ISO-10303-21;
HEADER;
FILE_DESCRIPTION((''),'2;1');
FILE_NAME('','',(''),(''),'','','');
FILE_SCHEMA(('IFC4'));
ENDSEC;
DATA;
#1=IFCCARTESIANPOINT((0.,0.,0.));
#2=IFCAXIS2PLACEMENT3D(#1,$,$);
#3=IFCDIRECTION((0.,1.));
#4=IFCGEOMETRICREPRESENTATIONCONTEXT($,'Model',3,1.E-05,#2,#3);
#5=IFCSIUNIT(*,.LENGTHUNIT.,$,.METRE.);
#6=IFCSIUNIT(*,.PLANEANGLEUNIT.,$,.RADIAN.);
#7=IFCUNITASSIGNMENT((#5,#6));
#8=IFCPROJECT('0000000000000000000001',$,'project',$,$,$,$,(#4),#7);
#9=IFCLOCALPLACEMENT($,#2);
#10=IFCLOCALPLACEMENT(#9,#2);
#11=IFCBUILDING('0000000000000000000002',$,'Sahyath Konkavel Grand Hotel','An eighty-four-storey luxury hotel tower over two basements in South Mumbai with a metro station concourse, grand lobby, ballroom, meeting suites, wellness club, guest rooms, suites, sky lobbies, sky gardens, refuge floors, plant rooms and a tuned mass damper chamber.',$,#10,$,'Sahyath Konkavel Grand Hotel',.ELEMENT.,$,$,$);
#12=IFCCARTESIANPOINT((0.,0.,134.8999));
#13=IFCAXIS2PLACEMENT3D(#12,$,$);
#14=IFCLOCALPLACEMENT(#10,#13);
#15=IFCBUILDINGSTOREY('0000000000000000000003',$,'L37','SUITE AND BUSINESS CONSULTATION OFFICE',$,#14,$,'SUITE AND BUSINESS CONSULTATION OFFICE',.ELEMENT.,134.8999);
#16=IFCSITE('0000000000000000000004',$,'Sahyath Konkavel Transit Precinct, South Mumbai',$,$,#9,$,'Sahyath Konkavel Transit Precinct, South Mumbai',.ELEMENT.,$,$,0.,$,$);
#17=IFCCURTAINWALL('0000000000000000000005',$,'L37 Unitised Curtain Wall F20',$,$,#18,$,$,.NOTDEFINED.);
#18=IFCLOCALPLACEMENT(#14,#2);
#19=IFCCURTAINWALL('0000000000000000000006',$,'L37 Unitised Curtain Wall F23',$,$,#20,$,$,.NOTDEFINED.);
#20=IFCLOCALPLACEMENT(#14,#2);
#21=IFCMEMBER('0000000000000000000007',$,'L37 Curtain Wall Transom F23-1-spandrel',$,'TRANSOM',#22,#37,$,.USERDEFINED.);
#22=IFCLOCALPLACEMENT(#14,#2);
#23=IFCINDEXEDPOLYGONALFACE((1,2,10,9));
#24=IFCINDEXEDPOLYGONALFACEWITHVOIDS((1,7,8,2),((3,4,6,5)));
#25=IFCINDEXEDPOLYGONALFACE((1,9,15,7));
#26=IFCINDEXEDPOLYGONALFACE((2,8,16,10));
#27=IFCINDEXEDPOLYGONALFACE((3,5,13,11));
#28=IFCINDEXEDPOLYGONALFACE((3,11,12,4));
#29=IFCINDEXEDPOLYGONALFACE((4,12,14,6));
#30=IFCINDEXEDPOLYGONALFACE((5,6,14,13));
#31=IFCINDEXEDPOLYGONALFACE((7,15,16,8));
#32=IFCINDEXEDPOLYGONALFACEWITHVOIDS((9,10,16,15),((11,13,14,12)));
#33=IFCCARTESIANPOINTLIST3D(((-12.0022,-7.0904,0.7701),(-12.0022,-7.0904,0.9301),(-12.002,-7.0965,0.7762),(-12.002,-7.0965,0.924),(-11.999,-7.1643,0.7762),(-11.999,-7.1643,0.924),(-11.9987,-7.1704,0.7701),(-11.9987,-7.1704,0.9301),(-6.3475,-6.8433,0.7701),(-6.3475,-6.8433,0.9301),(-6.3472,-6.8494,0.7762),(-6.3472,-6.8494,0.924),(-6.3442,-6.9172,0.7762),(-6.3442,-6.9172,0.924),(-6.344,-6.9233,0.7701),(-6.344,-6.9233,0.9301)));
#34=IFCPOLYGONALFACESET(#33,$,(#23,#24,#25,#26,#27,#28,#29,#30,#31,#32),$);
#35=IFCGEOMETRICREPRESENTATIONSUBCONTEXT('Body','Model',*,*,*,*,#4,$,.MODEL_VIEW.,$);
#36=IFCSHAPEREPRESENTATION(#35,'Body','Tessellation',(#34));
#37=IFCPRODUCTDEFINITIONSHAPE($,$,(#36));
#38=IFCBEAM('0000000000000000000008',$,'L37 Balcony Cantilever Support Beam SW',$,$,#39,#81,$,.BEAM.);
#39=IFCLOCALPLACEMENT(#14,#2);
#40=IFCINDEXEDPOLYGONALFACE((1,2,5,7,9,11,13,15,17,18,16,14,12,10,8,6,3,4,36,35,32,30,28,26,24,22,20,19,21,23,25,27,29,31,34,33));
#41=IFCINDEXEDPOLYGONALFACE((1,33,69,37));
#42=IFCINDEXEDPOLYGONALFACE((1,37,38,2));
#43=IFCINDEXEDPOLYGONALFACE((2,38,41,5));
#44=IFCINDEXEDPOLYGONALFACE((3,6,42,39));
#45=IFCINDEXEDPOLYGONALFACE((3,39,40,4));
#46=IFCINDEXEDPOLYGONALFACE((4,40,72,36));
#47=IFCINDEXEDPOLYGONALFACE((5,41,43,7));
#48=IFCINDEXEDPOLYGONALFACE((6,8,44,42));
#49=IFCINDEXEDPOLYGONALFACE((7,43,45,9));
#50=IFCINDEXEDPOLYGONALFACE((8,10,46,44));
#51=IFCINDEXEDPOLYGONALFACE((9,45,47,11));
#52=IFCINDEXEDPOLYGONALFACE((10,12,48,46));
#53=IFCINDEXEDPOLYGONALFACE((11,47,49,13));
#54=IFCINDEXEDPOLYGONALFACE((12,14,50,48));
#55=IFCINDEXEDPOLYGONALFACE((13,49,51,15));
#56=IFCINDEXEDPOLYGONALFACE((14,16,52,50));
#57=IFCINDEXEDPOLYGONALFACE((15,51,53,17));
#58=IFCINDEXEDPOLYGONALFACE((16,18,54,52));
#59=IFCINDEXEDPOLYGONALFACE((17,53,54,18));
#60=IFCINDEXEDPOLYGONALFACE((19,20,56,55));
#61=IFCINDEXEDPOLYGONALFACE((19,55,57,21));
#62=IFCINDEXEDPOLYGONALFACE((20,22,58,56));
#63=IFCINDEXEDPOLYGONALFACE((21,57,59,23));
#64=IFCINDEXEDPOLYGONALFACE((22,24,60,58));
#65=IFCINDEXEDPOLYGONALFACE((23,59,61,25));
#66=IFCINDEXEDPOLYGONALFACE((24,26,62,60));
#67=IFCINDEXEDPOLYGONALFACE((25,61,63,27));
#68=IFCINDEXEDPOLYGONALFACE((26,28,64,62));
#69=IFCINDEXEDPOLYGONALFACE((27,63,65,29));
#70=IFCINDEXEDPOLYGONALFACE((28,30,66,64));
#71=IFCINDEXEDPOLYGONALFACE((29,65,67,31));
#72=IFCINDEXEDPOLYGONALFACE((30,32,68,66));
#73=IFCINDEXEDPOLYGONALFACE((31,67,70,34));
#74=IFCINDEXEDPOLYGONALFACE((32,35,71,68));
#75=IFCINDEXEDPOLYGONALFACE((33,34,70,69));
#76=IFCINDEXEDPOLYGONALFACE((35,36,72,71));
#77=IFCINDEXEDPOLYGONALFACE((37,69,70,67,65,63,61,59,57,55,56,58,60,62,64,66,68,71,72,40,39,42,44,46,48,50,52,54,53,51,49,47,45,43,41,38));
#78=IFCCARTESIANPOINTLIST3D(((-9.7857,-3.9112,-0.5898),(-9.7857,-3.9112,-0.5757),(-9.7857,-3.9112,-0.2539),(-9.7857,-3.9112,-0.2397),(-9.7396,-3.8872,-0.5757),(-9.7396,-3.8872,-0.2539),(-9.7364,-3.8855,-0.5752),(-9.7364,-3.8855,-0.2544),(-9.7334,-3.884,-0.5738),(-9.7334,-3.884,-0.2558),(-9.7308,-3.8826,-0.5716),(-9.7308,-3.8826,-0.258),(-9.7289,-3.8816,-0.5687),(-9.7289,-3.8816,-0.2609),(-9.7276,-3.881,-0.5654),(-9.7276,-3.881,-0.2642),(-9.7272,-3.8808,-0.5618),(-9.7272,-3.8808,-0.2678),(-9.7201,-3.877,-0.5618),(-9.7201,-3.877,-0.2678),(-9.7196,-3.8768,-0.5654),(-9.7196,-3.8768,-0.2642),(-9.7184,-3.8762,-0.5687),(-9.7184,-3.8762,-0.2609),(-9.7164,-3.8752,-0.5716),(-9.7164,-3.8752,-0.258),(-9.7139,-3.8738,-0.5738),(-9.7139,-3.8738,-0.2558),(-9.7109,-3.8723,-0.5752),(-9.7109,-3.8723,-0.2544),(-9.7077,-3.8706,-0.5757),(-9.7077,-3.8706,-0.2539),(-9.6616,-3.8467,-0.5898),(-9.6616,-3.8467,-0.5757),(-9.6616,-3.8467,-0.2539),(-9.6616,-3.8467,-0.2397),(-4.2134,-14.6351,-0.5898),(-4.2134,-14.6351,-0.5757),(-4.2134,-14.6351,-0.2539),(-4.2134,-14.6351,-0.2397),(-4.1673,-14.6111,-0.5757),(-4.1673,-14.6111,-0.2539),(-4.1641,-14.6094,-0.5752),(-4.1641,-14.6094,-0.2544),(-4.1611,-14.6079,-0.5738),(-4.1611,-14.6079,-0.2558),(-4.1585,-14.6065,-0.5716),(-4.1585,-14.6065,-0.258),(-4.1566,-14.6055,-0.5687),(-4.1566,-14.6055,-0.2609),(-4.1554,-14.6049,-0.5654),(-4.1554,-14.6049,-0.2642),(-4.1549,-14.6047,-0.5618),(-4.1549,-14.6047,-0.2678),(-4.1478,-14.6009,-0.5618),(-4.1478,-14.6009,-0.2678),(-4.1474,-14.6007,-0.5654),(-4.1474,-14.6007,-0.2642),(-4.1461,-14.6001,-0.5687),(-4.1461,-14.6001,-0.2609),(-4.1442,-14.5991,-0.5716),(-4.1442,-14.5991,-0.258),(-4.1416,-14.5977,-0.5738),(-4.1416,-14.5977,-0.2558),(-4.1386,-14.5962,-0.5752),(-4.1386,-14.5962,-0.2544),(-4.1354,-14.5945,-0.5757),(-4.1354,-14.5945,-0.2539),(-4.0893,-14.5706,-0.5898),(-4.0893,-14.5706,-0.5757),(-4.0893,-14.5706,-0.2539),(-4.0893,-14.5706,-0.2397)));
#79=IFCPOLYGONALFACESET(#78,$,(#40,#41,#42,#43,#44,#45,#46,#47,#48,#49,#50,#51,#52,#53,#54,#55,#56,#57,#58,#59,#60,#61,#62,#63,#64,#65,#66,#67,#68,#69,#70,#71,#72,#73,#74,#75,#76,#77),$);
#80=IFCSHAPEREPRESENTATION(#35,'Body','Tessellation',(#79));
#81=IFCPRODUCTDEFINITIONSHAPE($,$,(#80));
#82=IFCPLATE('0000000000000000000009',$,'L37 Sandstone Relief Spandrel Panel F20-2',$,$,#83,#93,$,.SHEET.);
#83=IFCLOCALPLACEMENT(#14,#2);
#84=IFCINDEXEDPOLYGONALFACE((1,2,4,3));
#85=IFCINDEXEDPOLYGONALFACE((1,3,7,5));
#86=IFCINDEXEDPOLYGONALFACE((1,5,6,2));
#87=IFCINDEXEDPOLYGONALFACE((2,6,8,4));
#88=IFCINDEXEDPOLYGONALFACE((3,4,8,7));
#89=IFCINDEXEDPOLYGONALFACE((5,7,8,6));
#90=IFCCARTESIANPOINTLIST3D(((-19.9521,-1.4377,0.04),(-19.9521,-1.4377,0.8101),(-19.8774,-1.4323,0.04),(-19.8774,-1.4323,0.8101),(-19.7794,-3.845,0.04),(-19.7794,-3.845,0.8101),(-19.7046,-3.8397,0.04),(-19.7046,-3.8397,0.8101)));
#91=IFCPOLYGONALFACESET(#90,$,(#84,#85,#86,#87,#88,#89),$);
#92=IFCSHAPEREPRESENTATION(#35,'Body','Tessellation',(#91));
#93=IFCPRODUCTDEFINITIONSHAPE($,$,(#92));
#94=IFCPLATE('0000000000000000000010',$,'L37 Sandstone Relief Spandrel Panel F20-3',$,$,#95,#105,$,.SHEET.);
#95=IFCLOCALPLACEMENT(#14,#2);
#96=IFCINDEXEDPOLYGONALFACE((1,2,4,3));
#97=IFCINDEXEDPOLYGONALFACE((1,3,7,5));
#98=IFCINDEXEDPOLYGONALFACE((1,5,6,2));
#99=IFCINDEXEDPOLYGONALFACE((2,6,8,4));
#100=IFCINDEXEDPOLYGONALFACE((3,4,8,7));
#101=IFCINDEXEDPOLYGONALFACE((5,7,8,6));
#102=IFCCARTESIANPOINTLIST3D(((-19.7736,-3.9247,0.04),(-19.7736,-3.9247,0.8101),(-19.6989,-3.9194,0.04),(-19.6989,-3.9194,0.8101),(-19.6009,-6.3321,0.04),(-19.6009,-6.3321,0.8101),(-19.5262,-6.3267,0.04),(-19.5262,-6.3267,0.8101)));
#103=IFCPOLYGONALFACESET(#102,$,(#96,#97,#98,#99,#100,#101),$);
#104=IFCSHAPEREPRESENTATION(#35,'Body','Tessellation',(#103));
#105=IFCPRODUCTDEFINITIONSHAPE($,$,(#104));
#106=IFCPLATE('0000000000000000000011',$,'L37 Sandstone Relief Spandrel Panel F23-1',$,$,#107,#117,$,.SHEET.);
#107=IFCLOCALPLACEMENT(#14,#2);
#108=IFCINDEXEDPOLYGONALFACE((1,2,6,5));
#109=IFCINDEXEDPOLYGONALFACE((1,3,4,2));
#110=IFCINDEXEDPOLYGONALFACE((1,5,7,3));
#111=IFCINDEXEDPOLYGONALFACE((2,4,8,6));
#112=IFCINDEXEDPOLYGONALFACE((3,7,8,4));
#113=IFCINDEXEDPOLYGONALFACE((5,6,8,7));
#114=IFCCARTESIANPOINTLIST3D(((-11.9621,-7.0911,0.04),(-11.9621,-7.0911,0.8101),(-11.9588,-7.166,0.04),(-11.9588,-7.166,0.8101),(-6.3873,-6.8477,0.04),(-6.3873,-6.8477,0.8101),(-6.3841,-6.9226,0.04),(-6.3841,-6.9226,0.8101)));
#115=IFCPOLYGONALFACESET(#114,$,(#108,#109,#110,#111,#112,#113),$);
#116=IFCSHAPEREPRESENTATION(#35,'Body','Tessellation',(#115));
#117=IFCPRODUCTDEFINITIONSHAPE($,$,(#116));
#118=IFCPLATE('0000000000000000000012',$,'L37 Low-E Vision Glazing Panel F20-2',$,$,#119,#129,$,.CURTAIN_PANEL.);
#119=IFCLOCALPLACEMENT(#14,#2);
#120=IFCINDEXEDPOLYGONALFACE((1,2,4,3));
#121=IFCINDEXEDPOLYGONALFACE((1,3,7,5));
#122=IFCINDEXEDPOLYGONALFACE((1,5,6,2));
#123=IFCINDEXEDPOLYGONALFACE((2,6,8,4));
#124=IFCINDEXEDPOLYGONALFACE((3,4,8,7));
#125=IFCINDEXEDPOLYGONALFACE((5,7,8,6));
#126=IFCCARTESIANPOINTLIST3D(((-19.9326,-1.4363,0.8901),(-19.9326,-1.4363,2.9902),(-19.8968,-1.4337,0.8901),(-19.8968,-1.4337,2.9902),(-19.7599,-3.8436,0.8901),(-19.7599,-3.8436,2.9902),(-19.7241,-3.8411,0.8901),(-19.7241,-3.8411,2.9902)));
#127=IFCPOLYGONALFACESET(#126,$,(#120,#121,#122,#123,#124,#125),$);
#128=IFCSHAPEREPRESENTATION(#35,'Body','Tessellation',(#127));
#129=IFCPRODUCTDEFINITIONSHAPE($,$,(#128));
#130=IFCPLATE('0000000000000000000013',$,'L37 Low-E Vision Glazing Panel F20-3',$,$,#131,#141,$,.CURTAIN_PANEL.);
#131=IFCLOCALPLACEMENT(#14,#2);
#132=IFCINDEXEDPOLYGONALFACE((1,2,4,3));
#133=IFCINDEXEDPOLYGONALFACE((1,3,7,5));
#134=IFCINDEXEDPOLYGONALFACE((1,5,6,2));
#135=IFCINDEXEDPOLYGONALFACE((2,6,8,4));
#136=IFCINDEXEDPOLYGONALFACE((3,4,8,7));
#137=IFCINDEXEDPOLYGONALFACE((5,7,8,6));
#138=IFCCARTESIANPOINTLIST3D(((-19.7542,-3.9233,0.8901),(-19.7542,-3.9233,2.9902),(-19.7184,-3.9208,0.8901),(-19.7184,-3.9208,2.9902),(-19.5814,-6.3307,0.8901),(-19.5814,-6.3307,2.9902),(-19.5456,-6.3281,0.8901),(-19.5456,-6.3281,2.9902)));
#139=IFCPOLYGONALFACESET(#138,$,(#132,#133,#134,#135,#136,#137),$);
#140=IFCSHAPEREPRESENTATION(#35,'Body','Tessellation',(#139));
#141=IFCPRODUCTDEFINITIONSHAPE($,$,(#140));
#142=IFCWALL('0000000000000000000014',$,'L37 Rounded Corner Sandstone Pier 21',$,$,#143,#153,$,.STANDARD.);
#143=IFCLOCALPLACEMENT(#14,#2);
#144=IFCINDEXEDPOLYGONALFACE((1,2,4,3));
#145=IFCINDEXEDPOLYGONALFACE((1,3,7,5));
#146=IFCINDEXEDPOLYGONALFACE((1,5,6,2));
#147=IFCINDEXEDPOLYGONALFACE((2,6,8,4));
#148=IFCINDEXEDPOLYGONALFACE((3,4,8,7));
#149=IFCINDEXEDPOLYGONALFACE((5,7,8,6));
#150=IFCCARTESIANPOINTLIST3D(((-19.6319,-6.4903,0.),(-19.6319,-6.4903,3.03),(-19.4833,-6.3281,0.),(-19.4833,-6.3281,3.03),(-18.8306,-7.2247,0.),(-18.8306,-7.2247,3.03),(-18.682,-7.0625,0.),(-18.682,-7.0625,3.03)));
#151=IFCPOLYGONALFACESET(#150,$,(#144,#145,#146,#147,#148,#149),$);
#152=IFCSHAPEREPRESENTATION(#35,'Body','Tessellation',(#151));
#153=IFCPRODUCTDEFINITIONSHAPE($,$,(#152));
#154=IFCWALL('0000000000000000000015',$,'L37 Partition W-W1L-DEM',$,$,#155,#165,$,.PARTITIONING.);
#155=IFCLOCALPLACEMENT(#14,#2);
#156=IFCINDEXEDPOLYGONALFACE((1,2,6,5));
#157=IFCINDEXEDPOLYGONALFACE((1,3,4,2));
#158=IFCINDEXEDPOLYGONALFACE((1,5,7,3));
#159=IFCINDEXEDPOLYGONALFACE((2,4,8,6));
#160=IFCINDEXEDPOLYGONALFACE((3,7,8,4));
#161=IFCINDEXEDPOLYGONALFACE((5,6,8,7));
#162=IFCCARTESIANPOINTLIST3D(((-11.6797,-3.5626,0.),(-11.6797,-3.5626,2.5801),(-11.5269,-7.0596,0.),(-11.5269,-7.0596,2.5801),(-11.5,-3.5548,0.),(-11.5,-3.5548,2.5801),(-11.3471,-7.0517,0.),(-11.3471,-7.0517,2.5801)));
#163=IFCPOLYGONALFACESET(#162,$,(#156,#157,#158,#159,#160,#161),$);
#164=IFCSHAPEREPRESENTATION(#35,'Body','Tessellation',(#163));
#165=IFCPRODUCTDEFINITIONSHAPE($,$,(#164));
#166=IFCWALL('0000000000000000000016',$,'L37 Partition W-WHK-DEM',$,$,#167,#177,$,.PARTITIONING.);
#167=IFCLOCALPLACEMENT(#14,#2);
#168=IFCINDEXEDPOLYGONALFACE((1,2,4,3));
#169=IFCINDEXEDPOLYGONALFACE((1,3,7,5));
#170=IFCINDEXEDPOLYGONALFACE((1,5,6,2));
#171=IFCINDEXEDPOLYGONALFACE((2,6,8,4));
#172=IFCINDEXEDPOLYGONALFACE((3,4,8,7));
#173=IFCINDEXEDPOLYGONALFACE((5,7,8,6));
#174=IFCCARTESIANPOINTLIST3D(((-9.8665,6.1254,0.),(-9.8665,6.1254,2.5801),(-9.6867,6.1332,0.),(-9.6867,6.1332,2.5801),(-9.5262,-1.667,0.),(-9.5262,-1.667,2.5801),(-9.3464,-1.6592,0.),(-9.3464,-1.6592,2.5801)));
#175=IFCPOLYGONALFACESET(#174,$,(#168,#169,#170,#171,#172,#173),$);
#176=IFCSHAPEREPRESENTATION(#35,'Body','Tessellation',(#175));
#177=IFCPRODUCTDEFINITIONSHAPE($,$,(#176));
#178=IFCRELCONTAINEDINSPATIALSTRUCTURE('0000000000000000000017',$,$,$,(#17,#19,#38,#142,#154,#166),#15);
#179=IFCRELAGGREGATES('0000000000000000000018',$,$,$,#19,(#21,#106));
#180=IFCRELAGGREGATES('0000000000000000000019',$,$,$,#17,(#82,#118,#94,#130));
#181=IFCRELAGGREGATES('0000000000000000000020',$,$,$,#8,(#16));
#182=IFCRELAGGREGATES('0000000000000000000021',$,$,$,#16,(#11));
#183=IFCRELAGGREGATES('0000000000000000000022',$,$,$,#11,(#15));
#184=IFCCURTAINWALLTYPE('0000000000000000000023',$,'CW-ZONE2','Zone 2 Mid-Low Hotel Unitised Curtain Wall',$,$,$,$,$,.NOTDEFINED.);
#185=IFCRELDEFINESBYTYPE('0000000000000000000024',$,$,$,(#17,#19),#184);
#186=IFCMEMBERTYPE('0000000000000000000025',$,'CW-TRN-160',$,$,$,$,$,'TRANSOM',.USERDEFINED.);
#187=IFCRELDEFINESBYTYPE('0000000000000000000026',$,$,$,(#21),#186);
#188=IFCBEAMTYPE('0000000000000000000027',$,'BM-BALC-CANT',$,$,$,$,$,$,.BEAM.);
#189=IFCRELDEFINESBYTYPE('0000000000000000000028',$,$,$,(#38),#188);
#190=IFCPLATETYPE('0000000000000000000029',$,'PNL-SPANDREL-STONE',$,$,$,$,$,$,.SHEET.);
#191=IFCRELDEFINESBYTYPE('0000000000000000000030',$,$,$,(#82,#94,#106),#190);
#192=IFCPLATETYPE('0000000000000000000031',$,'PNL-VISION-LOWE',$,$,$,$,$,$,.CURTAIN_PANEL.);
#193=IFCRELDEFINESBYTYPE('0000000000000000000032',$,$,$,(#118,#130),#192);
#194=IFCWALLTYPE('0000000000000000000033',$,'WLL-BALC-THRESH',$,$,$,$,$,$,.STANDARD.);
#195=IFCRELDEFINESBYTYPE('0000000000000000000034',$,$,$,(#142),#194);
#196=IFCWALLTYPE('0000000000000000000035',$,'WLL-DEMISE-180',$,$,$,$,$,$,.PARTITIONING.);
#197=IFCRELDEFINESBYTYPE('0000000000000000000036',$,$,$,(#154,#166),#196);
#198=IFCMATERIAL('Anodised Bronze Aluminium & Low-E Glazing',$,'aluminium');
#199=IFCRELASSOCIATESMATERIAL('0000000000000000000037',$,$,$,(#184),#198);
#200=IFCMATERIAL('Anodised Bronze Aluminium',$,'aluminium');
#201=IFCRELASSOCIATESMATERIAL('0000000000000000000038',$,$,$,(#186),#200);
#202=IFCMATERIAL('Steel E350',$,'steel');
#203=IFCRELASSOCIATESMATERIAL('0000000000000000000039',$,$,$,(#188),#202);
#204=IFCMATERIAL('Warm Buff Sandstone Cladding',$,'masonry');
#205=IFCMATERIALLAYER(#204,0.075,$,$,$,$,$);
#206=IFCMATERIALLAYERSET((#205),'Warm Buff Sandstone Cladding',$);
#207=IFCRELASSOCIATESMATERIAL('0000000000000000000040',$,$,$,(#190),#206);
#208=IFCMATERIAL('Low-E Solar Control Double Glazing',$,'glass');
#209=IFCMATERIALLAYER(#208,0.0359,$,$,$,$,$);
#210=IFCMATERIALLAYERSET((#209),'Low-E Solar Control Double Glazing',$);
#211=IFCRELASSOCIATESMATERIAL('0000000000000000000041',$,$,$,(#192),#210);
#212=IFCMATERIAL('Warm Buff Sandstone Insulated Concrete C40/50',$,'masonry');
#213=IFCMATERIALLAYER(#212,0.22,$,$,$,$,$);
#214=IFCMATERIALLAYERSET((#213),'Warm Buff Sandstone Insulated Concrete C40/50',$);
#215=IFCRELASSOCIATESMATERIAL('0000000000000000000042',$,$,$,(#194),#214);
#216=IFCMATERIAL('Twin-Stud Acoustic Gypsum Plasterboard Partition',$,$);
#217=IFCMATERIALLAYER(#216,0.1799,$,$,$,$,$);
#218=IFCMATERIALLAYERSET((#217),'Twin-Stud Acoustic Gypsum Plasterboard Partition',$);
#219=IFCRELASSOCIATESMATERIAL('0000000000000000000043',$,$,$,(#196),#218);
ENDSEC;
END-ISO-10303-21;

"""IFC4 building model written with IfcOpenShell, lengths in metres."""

from ifc_helpers import new_model, si_unit, direction, frame, frame_2d, origin, origin_2d, place, context, subcontext, project, spatial, rectangle, hollow_rectangle, i_section, extrude, source, transform, mapped, material, layer, layer_set, material_profile, profile_set, type_object, element, aggregate, save


model = new_model("IFC4")

# Units and contexts
model_context = context("Model", 3, precision=1e-05, world=origin(), true_north=direction((0.0, 1.0)))
body_context = subcontext(model_context, "Body", "Model", "MODEL_VIEW")
ifc_project = project(units=[si_unit("LENGTHUNIT", "METRE"), si_unit("PLANEANGLEUNIT", "RADIAN")], contexts=[model_context])

# Site, building, storey
site_placement = place(None, origin())
site = spatial("IfcSite", under=ifc_project, at=site_placement, Name="Sahyath Konkavel Transit Precinct, South Mumbai", LongName="Sahyath Konkavel Transit Precinct, South Mumbai", CompositionType="ELEMENT", RefElevation=0.0)
building_placement = place(site_placement, origin())
building = spatial("IfcBuilding", under=site, at=building_placement, Name="Sahyath Konkavel Grand Hotel", Description="An eighty-four-storey luxury hotel tower over two basements in South Mumbai with a metro station concourse, grand lobby, ballroom, meeting suites, wellness club, guest rooms, suites, sky lobbies, sky gardens, refuge floors, plant rooms and a tuned mass damper chamber.", LongName="Sahyath Konkavel Grand Hotel", CompositionType="ELEMENT")
storey_placement = place(building_placement, frame((0.0, 0.0, 134.8999)))
storey = spatial("IfcBuildingStorey", under=building, at=storey_placement, Name="L37", Description="SUITE AND BUSINESS CONSULTATION OFFICE", LongName="SUITE AND BUSINESS CONSULTATION OFFICE", CompositionType="ELEMENT", Elevation=134.8999)

# Shared definitions
ifc_material_1 = material(Name="Steel E350", Category="steel")

# Curtain wall
ifc_material_2 = material(Name="Anodised Bronze Aluminium & Low-E Glazing", Category="aluminium")
curtain_wall_type = type_object("IfcCurtainWallType", Name="CW-ZONE2", Description="Zone 2 Mid-Low Hotel Unitised Curtain Wall", PredefinedType="NOTDEFINED", material=ifc_material_2)
curtain_wall_1_placement = place(storey_placement, origin())
curtain_wall_1 = element("IfcCurtainWall", 1, at=curtain_wall_1_placement, inside=storey, type_object=curtain_wall_type, Name="L37 Unitised Curtain Wall F20", PredefinedType="NOTDEFINED")
ifc_material_3 = material(Name="Anodised Bronze Aluminium", Category="aluminium")
ifc_material_profile_1 = material_profile(ifc_material_3, hollow_rectangle(XDim=0.0801, YDim=0.1599, WallThickness=0.0061, at=origin_2d()), Name="RHS 160x80x6")
ifc_profile_set_1 = profile_set([ifc_material_profile_1], Name="Anodised Bronze Aluminium")
member_type_1 = type_object("IfcMemberType", Name="CW-TRN-160", ElementType="TRANSOM", PredefinedType="USERDEFINED", material=ifc_profile_set_1)

# Curtain wall, member
curtain_wall_2_placement = place(storey_placement, origin())
curtain_wall_2 = element("IfcCurtainWall", 2, at=curtain_wall_2_placement, inside=storey, type_object=curtain_wall_type, Name="L37 Unitised Curtain Wall F23", PredefinedType="NOTDEFINED")
shared_shape_1 = source(origin(), body_context, "Body", "SweptSolid", [
    extrude(hollow_rectangle(XDim=0.0801, YDim=0.1599, WallThickness=0.0061, at=origin_2d()), origin(), (0.0, 0.0, 1.0), 5.6602),
])
member_1_placement = place(storey_placement, frame((-12.0005, -7.1304, 0.8501), z_axis=(0.999047, 0.043651, 0.0), x_axis=(-0.043651, 0.999047, 0.0)))
member_1 = element("IfcMember", 3, at=member_1_placement, type_object=member_type_1, Name="L37 Curtain Wall Transom F23-1-spandrel", ObjectType="TRANSOM", PredefinedType="USERDEFINED", context=body_context, shape_type="MappedRepresentation", body=[
    mapped(shared_shape_1, transform((0.0, 0.0, 0.0), scale=1.0)),
])

# Beam
ifc_material_profile_2 = material_profile(ifc_material_1, i_section(OverallWidth=0.1399, OverallDepth=0.3501, WebThickness=0.0081, FlangeThickness=0.0142, FilletRadius=0.0139, at=origin_2d()), Name="ISMB 350")
ifc_profile_set_2 = profile_set([ifc_material_profile_2], Name="Steel E350")
beam_type_1 = type_object("IfcBeamType", Name="BM-BALC-CANT", PredefinedType="BEAM", material=ifc_profile_set_2)
shared_shape_2 = source(origin(), body_context, "Body", "SweptSolid", [
    extrude(i_section(OverallWidth=0.1399, OverallDepth=0.3501, WebThickness=0.0081, FlangeThickness=0.0142, FilletRadius=0.0139, at=origin_2d()), origin(), (0.0, 0.0, 1.0), 12.0852),
])
beam_1_placement = place(storey_placement, frame((-9.7236, -3.8789, -0.4148), z_axis=(0.461082, -0.887357, 0.0), x_axis=(0.887357, 0.461082, 0.0)))
element("IfcBeam", 4, at=beam_1_placement, inside=storey, type_object=beam_type_1, Name="L37 Balcony Cantilever Support Beam SW", PredefinedType="BEAM", context=body_context, shape_type="MappedRepresentation", body=[
    mapped(shared_shape_2, transform((0.0, 0.0, 0.0), scale=1.0)),
])

# Plates
ifc_material_4 = material(Name="Warm Buff Sandstone Cladding", Category="masonry")
ifc_layer_1 = layer(ifc_material_4, 0.075)
ifc_layer_set_1 = layer_set([ifc_layer_1], Name="Warm Buff Sandstone Cladding")
plate_type_1 = type_object("IfcPlateType", Name="PNL-SPANDREL-STONE", PredefinedType="SHEET", material=ifc_layer_set_1)
shared_shape_3 = source(origin(), body_context, "Body", "SweptSolid", [
    extrude(rectangle(XDim=2.4136, YDim=0.075, at=origin_2d()), origin(), (0.0, 0.0, 1.0), 0.77),
])
plate_1_placement = place(storey_placement, frame((-19.8284, -2.6387, 0.04), z_axis=(0.0, 0.0, 1.0), x_axis=(0.071567, -0.997436, 0.0)))
plate_1 = element("IfcPlate", 5, at=plate_1_placement, type_object=plate_type_1, Name="L37 Sandstone Relief Spandrel Panel F20-2", PredefinedType="SHEET", context=body_context, shape_type="MappedRepresentation", body=[
    mapped(shared_shape_3, transform((0.0, 0.0, 0.0), scale=1.0)),
])
plate_2_placement = place(storey_placement, frame((-19.6499, -5.1257, 0.04), z_axis=(0.0, 0.0, 1.0), x_axis=(0.071567, -0.997436, 0.0)))
plate_2 = element("IfcPlate", 6, at=plate_2_placement, type_object=plate_type_1, Name="L37 Sandstone Relief Spandrel Panel F20-3", PredefinedType="SHEET", context=body_context, shape_type="MappedRepresentation", body=[
    mapped(shared_shape_3, transform((0.0, 0.0, 0.0), scale=1.0)),
])
shared_shape_4 = source(origin(), body_context, "Body", "SweptSolid", [
    extrude(rectangle(XDim=5.5801, YDim=0.075, at=origin_2d()), origin(), (0.0, 0.0, 1.0), 0.77),
])
plate_3_placement = place(storey_placement, frame((-9.1731, -7.0068, 0.04), z_axis=(0.0, 0.0, 1.0), x_axis=(0.999048, 0.043619, 0.0)))
plate_3 = element("IfcPlate", 7, at=plate_3_placement, type_object=plate_type_1, Name="L37 Sandstone Relief Spandrel Panel F23-1", PredefinedType="SHEET", context=body_context, shape_type="MappedRepresentation", body=[
    mapped(shared_shape_4, transform((0.0, 0.0, 0.0), scale=1.0)),
])
aggregate(curtain_wall_2, [member_1, plate_3])
ifc_material_5 = material(Name="Low-E Solar Control Double Glazing", Category="glass")
ifc_layer_2 = layer(ifc_material_5, 0.0359)
ifc_layer_set_2 = layer_set([ifc_layer_2], Name="Low-E Solar Control Double Glazing")
plate_type_2 = type_object("IfcPlateType", Name="PNL-VISION-LOWE", PredefinedType="CURTAIN_PANEL", material=ifc_layer_set_2)
shared_shape_5 = source(origin(), body_context, "Body", "SweptSolid", [
    extrude(rectangle(XDim=2.4136, YDim=0.0359, at=origin_2d()), origin(), (0.0, 0.0, 1.0), 2.1001),
])
plate_4_placement = place(storey_placement, frame((-19.8284, -2.6387, 0.8901), z_axis=(0.0, 0.0, 1.0), x_axis=(0.071567, -0.997436, 0.0)))
plate_4 = element("IfcPlate", 8, at=plate_4_placement, type_object=plate_type_2, Name="L37 Low-E Vision Glazing Panel F20-2", PredefinedType="CURTAIN_PANEL", context=body_context, shape_type="MappedRepresentation", body=[
    mapped(shared_shape_5, transform((0.0, 0.0, 0.0), scale=1.0)),
])
plate_5_placement = place(storey_placement, frame((-19.6499, -5.1257, 0.8901), z_axis=(0.0, 0.0, 1.0), x_axis=(0.071567, -0.997436, 0.0)))
plate_5 = element("IfcPlate", 9, at=plate_5_placement, type_object=plate_type_2, Name="L37 Low-E Vision Glazing Panel F20-3", PredefinedType="CURTAIN_PANEL", context=body_context, shape_type="MappedRepresentation", body=[
    mapped(shared_shape_5, transform((0.0, 0.0, 0.0), scale=1.0)),
])
aggregate(curtain_wall_1, [plate_1, plate_4, plate_2, plate_5])

# Walls
ifc_material_6 = material(Name="Warm Buff Sandstone Insulated Concrete C40/50", Category="masonry")
ifc_layer_3 = layer(ifc_material_6, 0.22)
ifc_layer_set_3 = layer_set([ifc_layer_3], Name="Warm Buff Sandstone Insulated Concrete C40/50")
wall_type_1 = type_object("IfcWallType", Name="WLL-BALC-THRESH", PredefinedType="STANDARD", material=ifc_layer_set_3)
wall_1_placement = place(storey_placement, frame((-19.5576, -6.4092, 0.0), z_axis=(0.0, 0.0, 1.0), x_axis=(0.73721, -0.675664, 0.0)))
element("IfcWall", 10, at=wall_1_placement, inside=storey, type_object=wall_type_1, Name="L37 Rounded Corner Sandstone Pier 21", PredefinedType="STANDARD", context=body_context, shape_type="SweptSolid", body=[
    extrude(rectangle(XDim=1.0869, YDim=0.22, at=frame_2d((0.5435, 0.0))), origin(), (0.0, 0.0, 1.0), 3.03),
])
ifc_material_7 = material(Name="Twin-Stud Acoustic Gypsum Plasterboard Partition")
ifc_layer_4 = layer(ifc_material_7, 0.1799)
ifc_layer_set_4 = layer_set([ifc_layer_4], Name="Twin-Stud Acoustic Gypsum Plasterboard Partition")
wall_type_2 = type_object("IfcWallType", Name="WLL-DEMISE-180", PredefinedType="PARTITIONING", material=ifc_layer_set_4)
wall_2_placement = place(storey_placement, frame((-11.5898, -3.5588, 0.0), z_axis=(0.0, 0.0, 1.0), x_axis=(0.043664, -0.999046, 0.0)))
element("IfcWall", 11, at=wall_2_placement, inside=storey, type_object=wall_type_2, Name="L37 Partition W-W1L-DEM", PredefinedType="PARTITIONING", context=body_context, shape_type="SweptSolid", body=[
    extrude(rectangle(XDim=3.5002, YDim=0.1799, at=frame_2d((1.75, 0.0))), origin(), (0.0, 0.0, 1.0), 2.5801),
])
wall_3_placement = place(storey_placement, frame((-9.4363, -1.6631, 0.0), z_axis=(0.0, 0.0, 1.0), x_axis=(-0.043633, 0.999048, 0.0)))
element("IfcWall", 12, at=wall_3_placement, inside=storey, type_object=wall_type_2, Name="L37 Partition W-WHK-DEM", PredefinedType="PARTITIONING", context=body_context, shape_type="SweptSolid", body=[
    extrude(rectangle(XDim=7.7998, YDim=0.1799, at=frame_2d((3.8999, 0.0))), origin(), (0.0, 0.0, 1.0), 2.5801),
])

save(model, "model.ifc")
